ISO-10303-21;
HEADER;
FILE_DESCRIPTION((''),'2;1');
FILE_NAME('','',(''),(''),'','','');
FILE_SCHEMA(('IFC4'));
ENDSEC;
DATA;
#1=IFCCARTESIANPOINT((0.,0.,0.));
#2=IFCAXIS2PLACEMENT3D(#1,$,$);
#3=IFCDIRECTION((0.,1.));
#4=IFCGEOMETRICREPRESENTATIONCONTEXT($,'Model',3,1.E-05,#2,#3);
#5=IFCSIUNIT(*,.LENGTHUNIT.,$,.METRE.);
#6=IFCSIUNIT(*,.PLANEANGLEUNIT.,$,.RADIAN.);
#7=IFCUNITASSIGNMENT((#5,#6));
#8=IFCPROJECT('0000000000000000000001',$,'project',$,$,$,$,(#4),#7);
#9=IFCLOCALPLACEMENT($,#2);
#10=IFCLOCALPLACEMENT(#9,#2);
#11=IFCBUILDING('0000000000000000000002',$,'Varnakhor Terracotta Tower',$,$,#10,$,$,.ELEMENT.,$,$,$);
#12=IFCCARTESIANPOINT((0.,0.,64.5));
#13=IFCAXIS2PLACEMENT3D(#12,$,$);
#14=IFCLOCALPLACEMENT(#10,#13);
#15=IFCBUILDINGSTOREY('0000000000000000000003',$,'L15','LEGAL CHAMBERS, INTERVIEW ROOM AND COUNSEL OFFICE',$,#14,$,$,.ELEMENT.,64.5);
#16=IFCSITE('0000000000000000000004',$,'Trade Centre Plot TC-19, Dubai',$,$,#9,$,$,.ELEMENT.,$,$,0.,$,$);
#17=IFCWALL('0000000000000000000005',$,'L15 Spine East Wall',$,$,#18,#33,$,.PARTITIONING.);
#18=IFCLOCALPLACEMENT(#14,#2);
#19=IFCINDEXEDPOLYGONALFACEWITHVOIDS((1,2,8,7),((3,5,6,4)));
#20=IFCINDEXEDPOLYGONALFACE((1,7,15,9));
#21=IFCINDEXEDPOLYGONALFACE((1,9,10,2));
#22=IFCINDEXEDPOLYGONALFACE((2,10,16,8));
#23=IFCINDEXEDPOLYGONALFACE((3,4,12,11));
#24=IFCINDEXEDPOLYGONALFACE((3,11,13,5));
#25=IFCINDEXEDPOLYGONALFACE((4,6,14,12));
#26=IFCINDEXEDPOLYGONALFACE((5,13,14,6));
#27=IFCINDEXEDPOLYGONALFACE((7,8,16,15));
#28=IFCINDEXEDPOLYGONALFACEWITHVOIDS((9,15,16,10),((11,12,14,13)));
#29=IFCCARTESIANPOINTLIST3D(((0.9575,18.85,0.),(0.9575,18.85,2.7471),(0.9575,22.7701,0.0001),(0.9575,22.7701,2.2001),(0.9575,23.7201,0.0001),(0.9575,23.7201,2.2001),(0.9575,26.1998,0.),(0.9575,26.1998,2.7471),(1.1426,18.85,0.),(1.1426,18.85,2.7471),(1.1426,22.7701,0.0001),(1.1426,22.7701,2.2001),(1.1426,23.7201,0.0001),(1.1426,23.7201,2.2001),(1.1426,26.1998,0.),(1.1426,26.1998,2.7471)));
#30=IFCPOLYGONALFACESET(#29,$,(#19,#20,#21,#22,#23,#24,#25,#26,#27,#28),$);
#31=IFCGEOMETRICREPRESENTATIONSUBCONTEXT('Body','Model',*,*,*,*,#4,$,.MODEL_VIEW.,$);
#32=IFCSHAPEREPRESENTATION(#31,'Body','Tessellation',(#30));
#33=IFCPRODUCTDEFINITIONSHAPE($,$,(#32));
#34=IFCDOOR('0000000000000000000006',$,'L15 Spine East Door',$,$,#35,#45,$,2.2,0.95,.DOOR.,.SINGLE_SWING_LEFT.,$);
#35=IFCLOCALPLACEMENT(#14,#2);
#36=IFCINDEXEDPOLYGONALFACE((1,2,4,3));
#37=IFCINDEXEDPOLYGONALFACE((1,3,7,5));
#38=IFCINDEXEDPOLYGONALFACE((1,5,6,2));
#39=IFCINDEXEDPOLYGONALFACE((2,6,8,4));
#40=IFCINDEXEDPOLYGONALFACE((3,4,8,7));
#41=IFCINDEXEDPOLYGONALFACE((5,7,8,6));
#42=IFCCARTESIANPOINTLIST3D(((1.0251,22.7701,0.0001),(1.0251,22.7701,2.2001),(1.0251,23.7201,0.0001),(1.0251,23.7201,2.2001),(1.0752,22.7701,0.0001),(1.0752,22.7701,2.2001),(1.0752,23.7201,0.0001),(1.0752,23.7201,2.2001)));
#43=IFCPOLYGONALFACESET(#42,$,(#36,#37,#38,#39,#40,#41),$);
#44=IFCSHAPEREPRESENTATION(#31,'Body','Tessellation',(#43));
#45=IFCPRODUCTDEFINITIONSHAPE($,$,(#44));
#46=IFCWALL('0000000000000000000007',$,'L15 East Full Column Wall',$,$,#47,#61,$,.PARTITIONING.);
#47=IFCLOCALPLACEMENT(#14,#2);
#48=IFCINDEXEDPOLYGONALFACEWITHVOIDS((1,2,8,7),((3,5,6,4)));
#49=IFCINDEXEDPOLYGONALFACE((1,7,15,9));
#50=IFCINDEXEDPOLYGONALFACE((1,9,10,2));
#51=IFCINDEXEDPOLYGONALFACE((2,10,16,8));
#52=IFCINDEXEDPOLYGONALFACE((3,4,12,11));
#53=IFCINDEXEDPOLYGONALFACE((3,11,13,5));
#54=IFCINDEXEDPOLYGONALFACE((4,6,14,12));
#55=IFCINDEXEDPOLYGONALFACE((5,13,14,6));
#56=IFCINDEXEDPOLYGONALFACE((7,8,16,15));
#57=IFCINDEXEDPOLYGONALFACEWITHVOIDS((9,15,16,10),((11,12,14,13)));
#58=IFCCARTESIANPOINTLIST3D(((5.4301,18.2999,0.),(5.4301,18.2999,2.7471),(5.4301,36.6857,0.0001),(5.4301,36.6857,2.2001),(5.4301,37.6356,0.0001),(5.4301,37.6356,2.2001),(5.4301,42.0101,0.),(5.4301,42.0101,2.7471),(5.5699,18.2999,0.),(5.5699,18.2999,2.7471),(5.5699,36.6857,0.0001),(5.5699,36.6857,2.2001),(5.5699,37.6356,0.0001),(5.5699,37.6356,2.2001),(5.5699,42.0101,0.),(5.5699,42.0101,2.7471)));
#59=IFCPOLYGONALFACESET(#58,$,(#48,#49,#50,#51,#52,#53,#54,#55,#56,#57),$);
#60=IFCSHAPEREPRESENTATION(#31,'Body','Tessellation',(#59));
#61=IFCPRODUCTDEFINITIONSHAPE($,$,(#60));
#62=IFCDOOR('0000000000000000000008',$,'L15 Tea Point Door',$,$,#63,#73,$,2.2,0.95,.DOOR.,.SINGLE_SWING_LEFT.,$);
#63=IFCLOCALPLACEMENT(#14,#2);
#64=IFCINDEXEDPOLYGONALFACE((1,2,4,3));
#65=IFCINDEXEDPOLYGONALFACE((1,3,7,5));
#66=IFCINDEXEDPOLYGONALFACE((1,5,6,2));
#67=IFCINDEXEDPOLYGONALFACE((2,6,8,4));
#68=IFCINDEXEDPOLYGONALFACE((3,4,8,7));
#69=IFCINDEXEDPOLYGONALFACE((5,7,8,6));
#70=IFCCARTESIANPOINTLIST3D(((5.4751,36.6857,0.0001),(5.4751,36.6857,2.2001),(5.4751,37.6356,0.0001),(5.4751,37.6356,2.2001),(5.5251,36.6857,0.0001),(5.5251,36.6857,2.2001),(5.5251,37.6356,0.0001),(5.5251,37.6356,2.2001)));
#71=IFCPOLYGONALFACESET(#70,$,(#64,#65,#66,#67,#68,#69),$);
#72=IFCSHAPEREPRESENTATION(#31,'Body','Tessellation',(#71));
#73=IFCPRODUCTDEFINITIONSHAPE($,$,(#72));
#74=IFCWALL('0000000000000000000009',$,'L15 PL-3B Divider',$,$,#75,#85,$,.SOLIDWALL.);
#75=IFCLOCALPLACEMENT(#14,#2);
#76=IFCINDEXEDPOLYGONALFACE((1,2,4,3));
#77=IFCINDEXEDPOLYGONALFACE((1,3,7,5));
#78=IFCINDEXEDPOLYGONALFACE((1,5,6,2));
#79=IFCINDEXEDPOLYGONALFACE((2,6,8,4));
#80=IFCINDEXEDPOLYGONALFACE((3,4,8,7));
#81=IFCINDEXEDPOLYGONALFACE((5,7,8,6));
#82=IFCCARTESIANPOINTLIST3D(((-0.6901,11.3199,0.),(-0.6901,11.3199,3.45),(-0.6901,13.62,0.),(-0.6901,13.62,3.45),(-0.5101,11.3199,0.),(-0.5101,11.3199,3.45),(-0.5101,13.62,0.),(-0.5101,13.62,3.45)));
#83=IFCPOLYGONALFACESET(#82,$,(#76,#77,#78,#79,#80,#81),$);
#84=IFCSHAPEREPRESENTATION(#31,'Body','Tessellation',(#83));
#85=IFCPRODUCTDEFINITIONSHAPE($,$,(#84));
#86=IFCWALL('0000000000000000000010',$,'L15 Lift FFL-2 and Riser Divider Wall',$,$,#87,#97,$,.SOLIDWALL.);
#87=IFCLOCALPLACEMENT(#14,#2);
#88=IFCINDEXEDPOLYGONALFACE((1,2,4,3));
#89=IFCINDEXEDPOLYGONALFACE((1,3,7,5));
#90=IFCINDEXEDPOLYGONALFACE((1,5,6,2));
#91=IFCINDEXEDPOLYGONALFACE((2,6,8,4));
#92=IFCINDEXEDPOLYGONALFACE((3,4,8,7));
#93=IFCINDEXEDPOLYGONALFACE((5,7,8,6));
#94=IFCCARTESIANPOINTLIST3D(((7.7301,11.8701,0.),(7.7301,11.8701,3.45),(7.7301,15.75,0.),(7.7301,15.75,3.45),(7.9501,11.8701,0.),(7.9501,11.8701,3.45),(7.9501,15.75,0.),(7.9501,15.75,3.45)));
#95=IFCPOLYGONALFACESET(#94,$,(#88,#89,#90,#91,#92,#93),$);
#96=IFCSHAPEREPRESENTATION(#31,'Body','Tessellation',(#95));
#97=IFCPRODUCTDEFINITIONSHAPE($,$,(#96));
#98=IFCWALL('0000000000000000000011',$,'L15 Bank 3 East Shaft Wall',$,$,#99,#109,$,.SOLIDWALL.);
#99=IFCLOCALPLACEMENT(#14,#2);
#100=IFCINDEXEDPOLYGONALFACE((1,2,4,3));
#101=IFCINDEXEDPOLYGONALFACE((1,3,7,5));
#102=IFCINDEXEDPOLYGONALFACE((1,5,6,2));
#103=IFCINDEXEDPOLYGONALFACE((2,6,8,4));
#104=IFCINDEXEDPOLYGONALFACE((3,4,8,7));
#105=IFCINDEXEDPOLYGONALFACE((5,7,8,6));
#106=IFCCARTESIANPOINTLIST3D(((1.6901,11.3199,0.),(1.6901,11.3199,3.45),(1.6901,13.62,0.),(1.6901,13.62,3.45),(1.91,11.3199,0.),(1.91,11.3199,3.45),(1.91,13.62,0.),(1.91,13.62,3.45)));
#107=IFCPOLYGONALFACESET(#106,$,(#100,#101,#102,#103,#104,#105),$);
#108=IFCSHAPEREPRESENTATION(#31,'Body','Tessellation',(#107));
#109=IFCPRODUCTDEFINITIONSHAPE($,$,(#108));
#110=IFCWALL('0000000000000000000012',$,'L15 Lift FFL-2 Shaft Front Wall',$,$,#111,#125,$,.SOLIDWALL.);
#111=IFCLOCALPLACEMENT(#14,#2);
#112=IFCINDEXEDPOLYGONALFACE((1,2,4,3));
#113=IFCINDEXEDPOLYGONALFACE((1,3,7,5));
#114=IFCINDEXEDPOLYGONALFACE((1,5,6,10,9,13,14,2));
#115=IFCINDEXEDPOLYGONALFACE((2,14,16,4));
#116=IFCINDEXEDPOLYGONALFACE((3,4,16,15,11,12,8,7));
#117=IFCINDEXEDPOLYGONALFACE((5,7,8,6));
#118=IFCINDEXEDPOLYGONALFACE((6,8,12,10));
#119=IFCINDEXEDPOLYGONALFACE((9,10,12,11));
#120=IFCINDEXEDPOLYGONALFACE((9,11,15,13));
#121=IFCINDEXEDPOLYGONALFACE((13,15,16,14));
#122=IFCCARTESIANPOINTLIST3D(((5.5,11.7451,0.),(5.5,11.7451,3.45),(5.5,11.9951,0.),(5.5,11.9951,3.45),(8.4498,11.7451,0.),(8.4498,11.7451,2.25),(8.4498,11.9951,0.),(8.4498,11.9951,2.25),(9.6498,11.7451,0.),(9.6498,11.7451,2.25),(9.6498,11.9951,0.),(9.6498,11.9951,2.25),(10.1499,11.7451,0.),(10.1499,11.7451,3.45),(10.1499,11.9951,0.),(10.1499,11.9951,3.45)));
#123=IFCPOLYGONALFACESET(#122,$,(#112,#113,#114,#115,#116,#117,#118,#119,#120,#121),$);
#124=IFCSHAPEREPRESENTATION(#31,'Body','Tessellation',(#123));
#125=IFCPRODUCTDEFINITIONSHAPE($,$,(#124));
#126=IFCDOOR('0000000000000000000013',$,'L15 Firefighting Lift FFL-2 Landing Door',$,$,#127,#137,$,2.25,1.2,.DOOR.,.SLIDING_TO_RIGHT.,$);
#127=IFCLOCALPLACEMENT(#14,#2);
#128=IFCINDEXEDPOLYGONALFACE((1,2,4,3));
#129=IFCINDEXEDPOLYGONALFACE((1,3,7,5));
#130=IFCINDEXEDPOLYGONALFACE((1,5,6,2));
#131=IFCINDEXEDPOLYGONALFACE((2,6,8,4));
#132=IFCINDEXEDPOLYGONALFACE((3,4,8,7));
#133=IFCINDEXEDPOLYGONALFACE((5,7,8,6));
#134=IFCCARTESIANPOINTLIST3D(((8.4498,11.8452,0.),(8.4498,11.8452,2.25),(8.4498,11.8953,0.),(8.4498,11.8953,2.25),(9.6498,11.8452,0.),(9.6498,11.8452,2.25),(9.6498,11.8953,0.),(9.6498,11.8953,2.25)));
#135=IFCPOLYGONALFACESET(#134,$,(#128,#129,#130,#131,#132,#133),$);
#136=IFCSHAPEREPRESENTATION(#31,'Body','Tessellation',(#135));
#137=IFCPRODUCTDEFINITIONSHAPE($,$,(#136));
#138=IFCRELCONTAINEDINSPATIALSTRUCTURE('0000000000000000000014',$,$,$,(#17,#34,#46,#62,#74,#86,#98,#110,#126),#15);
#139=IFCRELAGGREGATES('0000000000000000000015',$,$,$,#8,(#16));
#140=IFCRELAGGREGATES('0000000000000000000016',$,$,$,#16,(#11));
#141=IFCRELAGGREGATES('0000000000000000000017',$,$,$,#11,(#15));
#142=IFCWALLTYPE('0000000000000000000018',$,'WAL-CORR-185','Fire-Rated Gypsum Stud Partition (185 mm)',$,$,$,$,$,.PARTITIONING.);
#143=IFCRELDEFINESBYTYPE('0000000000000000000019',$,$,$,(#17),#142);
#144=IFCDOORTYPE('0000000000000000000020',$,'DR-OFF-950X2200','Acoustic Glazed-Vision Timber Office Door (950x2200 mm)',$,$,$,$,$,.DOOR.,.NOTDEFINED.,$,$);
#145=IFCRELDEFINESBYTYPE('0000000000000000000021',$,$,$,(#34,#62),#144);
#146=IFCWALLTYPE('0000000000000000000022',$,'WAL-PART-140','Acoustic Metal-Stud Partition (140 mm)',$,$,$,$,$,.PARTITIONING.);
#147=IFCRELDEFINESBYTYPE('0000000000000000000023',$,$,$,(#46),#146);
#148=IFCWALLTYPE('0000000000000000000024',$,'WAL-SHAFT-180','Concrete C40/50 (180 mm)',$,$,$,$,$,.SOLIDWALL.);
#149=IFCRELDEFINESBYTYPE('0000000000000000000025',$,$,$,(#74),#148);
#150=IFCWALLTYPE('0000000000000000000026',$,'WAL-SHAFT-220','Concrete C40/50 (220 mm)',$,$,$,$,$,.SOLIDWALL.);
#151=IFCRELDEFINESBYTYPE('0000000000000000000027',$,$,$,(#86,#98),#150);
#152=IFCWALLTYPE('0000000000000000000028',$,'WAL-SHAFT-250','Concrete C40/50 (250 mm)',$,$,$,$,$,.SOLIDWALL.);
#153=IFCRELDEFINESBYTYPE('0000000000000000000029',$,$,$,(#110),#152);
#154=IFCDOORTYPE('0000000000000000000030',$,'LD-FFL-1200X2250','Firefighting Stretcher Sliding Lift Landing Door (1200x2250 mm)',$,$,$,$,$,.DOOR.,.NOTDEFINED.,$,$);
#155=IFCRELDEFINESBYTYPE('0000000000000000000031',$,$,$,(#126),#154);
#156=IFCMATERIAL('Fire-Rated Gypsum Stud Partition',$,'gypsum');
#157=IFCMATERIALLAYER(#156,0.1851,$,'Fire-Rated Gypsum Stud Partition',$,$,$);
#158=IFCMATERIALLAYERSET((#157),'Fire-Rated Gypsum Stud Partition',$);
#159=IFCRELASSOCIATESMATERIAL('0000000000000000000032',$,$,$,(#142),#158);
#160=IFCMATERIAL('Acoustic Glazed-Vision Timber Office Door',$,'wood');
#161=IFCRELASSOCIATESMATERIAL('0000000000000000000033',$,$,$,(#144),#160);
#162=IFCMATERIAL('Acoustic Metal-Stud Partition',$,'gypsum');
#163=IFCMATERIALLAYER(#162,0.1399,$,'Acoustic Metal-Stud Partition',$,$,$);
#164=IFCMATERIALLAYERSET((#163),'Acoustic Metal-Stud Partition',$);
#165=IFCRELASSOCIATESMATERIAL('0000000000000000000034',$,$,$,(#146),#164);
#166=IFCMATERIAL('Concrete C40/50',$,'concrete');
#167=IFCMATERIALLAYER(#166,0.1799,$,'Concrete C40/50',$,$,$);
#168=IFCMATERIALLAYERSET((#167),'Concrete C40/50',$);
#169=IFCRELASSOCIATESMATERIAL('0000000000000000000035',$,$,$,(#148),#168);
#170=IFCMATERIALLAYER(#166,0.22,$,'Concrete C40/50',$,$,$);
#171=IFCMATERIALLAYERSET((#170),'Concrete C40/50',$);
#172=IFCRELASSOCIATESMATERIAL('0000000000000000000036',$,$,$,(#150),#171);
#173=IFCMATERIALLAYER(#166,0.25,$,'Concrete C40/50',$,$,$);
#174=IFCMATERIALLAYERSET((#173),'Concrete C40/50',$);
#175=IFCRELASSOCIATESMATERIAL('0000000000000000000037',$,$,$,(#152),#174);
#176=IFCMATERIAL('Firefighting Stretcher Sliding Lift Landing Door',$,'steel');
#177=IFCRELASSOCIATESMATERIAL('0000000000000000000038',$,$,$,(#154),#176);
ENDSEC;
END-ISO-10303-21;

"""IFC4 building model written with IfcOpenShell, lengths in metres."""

from ifc_helpers import new_model, si_unit, direction, frame, frame_2d, origin, place, context, subcontext, project, spatial, rectangle, extrude, source, transform, mapped, material, layer, layer_set, type_object, type_shapes, element, fill, save


model = new_model("IFC4")

# Units and contexts
model_context = context("Model", 3, precision=1e-05, world=origin(), true_north=direction((0.0, 1.0)))
body_context = subcontext(model_context, "Body", "Model", "MODEL_VIEW")
ifc_project = project(units=[si_unit("LENGTHUNIT", "METRE"), si_unit("PLANEANGLEUNIT", "RADIAN")], contexts=[model_context])

# Site, building, storey
site_placement = place(None, origin())
site = spatial("IfcSite", under=ifc_project, at=site_placement, Name="Trade Centre Plot TC-19, Dubai", CompositionType="ELEMENT", RefElevation=0.0)
building_placement = place(site_placement, origin())
building = spatial("IfcBuilding", under=site, at=building_placement, Name="Varnakhor Terracotta Tower", CompositionType="ELEMENT")
storey_placement = place(building_placement, frame((0.0, 0.0, 64.5)))
storey = spatial("IfcBuildingStorey", under=building, at=storey_placement, Name="L15", Description="LEGAL CHAMBERS, INTERVIEW ROOM AND COUNSEL OFFICE", CompositionType="ELEMENT", Elevation=64.5)

# Shared definitions
ifc_material_1 = material(Name="Fire-Rated Gypsum Stud Partition", Category="gypsum")
ifc_layer_1 = layer(ifc_material_1, 0.1851, Name="Fire-Rated Gypsum Stud Partition")
ifc_layer_set_1 = layer_set([ifc_layer_1], Name="Fire-Rated Gypsum Stud Partition")
wall_type_1 = type_object("IfcWallType", Name="WAL-CORR-185", Description="Fire-Rated Gypsum Stud Partition (185 mm)", PredefinedType="PARTITIONING", material=ifc_layer_set_1)
ifc_material_2 = material(Name="Acoustic Glazed-Vision Timber Office Door", Category="wood")
door_type_1 = type_object("IfcDoorType", Name="DR-OFF-950X2200", Description="Acoustic Glazed-Vision Timber Office Door (950x2200 mm)", OperationType="NOTDEFINED", PredefinedType="DOOR", material=ifc_material_2)
shared_shape_1 = source(origin(), body_context, "Body", "SweptSolid", [
    extrude(rectangle(XDim=0.95, YDim=2.2, at=frame_2d((0.4751, 1.1001))), frame((0.0, 0.0249, 0.0), z_axis=(0.0, -1.0, 0.0), x_axis=(1.0, 0.0, 0.0)), (0.0, 0.0, 1.0), 0.05),
])
type_shapes(door_type_1, [shared_shape_1])

# Walls, openings, doors
wall_1_placement = place(storey_placement, frame((1.05, 18.8501, 0.0), z_axis=(0.0, 0.0, 1.0), x_axis=(0.0, 1.0, 0.0)))
wall_1 = element("IfcWall", 1, at=wall_1_placement, inside=storey, type_object=wall_type_1, Name="L15 Spine East Wall", PredefinedType="PARTITIONING", context=body_context, shape_type="SweptSolid", body=[
    extrude(rectangle(XDim=7.3499, YDim=0.1851, at=frame_2d((3.6748, 0.0))), origin(), (0.0, 0.0, 1.0), 2.7471),
])
opening_1_placement = place(wall_1_placement, frame((3.9199, 0.0, 0.0)))
opening_1 = element("IfcOpeningElement", 2, at=opening_1_placement, cuts=wall_1, PredefinedType="OPENING", context=body_context, shape_type="SweptSolid", body=[
    extrude(rectangle(XDim=0.95, YDim=2.2, at=frame_2d((0.4751, 1.1001))), frame((0.0, 0.1025, 0.0), z_axis=(0.0, -1.0, 0.0), x_axis=(1.0, 0.0, 0.0)), (0.0, 0.0, 1.0), 0.2051),
])
door_1_placement = place(opening_1_placement, origin())
door_1 = element("IfcDoor", 3, at=door_1_placement, inside=storey, type_object=door_type_1, Name="L15 Spine East Door", OperationType="SINGLE_SWING_LEFT", OverallHeight=2.2, OverallWidth=0.95, PredefinedType="DOOR", context=body_context, shape_type="MappedRepresentation", body=[
    mapped(shared_shape_1, transform((0.0, 0.0, 0.0), scale=1.0)),
])
fill(opening_1, door_1)
ifc_material_3 = material(Name="Acoustic Metal-Stud Partition", Category="gypsum")
ifc_layer_2 = layer(ifc_material_3, 0.1399, Name="Acoustic Metal-Stud Partition")
ifc_layer_set_2 = layer_set([ifc_layer_2], Name="Acoustic Metal-Stud Partition")
wall_type_2 = type_object("IfcWallType", Name="WAL-PART-140", Description="Acoustic Metal-Stud Partition (140 mm)", PredefinedType="PARTITIONING", material=ifc_layer_set_2)
wall_2_placement = place(storey_placement, frame((5.5, 18.3, 0.0), z_axis=(0.0, 0.0, 1.0), x_axis=(0.0, 1.0, 0.0)))
wall_2 = element("IfcWall", 4, at=wall_2_placement, inside=storey, type_object=wall_type_2, Name="L15 East Full Column Wall", PredefinedType="PARTITIONING", context=body_context, shape_type="SweptSolid", body=[
    extrude(rectangle(XDim=23.7102, YDim=0.1399, at=frame_2d((11.855, 0.0))), origin(), (0.0, 0.0, 1.0), 2.7471),
])
opening_2_placement = place(wall_2_placement, frame((18.3855, 0.0, 0.0)))
opening_2 = element("IfcOpeningElement", 5, at=opening_2_placement, cuts=wall_2, PredefinedType="OPENING", context=body_context, shape_type="SweptSolid", body=[
    extrude(rectangle(XDim=0.95, YDim=2.2, at=frame_2d((0.4751, 1.1001))), frame((0.0, 0.0801, 0.0), z_axis=(0.0, -1.0, 0.0), x_axis=(1.0, 0.0, 0.0)), (0.0, 0.0, 1.0), 0.1599),
])
door_2_placement = place(opening_2_placement, origin())
door_2 = element("IfcDoor", 6, at=door_2_placement, inside=storey, type_object=door_type_1, Name="L15 Tea Point Door", OperationType="SINGLE_SWING_LEFT", OverallHeight=2.2, OverallWidth=0.95, PredefinedType="DOOR", context=body_context, shape_type="MappedRepresentation", body=[
    mapped(shared_shape_1, transform((0.0, 0.0, 0.0), scale=1.0)),
])
fill(opening_2, door_2)

# Walls
ifc_material_4 = material(Name="Concrete C40/50", Category="concrete")
ifc_layer_3 = layer(ifc_material_4, 0.1799, Name="Concrete C40/50")
ifc_layer_set_3 = layer_set([ifc_layer_3], Name="Concrete C40/50")
wall_type_3 = type_object("IfcWallType", Name="WAL-SHAFT-180", Description="Concrete C40/50 (180 mm)", PredefinedType="SOLIDWALL", material=ifc_layer_set_3)
wall_3_placement = place(storey_placement, frame((-0.6001, 11.3201, 0.0), z_axis=(0.0, 0.0, 1.0), x_axis=(0.0, 1.0, 0.0)))
element("IfcWall", 7, at=wall_3_placement, inside=storey, type_object=wall_type_3, Name="L15 PL-3B Divider", PredefinedType="SOLIDWALL", context=body_context, shape_type="SweptSolid", body=[
    extrude(rectangle(XDim=2.3, YDim=0.1799, at=frame_2d((1.1499, 0.0))), origin(), (0.0, 0.0, 1.0), 3.45),
])
ifc_layer_4 = layer(ifc_material_4, 0.22, Name="Concrete C40/50")
ifc_layer_set_4 = layer_set([ifc_layer_4], Name="Concrete C40/50")
wall_type_4 = type_object("IfcWallType", Name="WAL-SHAFT-220", Description="Concrete C40/50 (220 mm)", PredefinedType="SOLIDWALL", material=ifc_layer_set_4)
wall_4_placement = place(storey_placement, frame((7.8401, 11.8701, 0.0), z_axis=(0.0, 0.0, 1.0), x_axis=(0.0, 1.0, 0.0)))
element("IfcWall", 8, at=wall_4_placement, inside=storey, type_object=wall_type_4, Name="L15 Lift FFL-2 and Riser Divider Wall", PredefinedType="SOLIDWALL", context=body_context, shape_type="SweptSolid", body=[
    extrude(rectangle(XDim=3.8799, YDim=0.22, at=frame_2d((1.9399, 0.0))), origin(), (0.0, 0.0, 1.0), 3.45),
])
wall_5_placement = place(storey_placement, frame((1.8, 11.3201, 0.0), z_axis=(0.0, 0.0, 1.0), x_axis=(0.0, 1.0, 0.0)))
element("IfcWall", 9, at=wall_5_placement, inside=storey, type_object=wall_type_4, Name="L15 Bank 3 East Shaft Wall", PredefinedType="SOLIDWALL", context=body_context, shape_type="SweptSolid", body=[
    extrude(rectangle(XDim=2.3, YDim=0.22, at=frame_2d((1.1499, 0.0))), origin(), (0.0, 0.0, 1.0), 3.45),
])

# Wall, opening, door
ifc_layer_5 = layer(ifc_material_4, 0.25, Name="Concrete C40/50")
ifc_layer_set_5 = layer_set([ifc_layer_5], Name="Concrete C40/50")
wall_type_5 = type_object("IfcWallType", Name="WAL-SHAFT-250", Description="Concrete C40/50 (250 mm)", PredefinedType="SOLIDWALL", material=ifc_layer_set_5)
wall_6_placement = place(storey_placement, frame((10.1499, 11.8701, 0.0), z_axis=(0.0, 0.0, 1.0), x_axis=(-1.0, 0.0, 0.0)))
wall_6 = element("IfcWall", 10, at=wall_6_placement, inside=storey, type_object=wall_type_5, Name="L15 Lift FFL-2 Shaft Front Wall", PredefinedType="SOLIDWALL", context=body_context, shape_type="SweptSolid", body=[
    extrude(rectangle(XDim=4.6499, YDim=0.25, at=frame_2d((2.325, 0.0))), origin(), (0.0, 0.0, 1.0), 3.45),
])
opening_3_placement = place(wall_6_placement, frame((0.5, 0.0, 0.0)))
opening_3 = element("IfcOpeningElement", 11, at=opening_3_placement, cuts=wall_6, PredefinedType="OPENING", context=body_context, shape_type="SweptSolid", body=[
    extrude(rectangle(XDim=1.2, YDim=2.25, at=frame_2d((0.6001, 1.125))), frame((0.0, 0.135, 0.0), z_axis=(0.0, -1.0, 0.0), x_axis=(1.0, 0.0, 0.0)), (0.0, 0.0, 1.0), 0.27),
])
ifc_material_5 = material(Name="Firefighting Stretcher Sliding Lift Landing Door", Category="steel")
door_type_2 = type_object("IfcDoorType", Name="LD-FFL-1200X2250", Description="Firefighting Stretcher Sliding Lift Landing Door (1200x2250 mm)", OperationType="NOTDEFINED", PredefinedType="DOOR", material=ifc_material_5)
shared_shape_2 = source(origin(), body_context, "Body", "SweptSolid", [
    extrude(rectangle(XDim=1.2, YDim=2.25, at=frame_2d((0.6001, 1.125))), frame((0.0, 0.0249, 0.0), z_axis=(0.0, -1.0, 0.0), x_axis=(1.0, 0.0, 0.0)), (0.0, 0.0, 1.0), 0.05),
])
type_shapes(door_type_2, [shared_shape_2])
door_3_placement = place(opening_3_placement, origin())
door_3 = element("IfcDoor", 12, at=door_3_placement, inside=storey, type_object=door_type_2, Name="L15 Firefighting Lift FFL-2 Landing Door", OperationType="SLIDING_TO_RIGHT", OverallHeight=2.25, OverallWidth=1.2, PredefinedType="DOOR", context=body_context, shape_type="MappedRepresentation", body=[
    mapped(shared_shape_2, transform((0.0, 0.0, 0.0), scale=1.0)),
])
fill(opening_3, door_3)

save(model, "model.ifc")
